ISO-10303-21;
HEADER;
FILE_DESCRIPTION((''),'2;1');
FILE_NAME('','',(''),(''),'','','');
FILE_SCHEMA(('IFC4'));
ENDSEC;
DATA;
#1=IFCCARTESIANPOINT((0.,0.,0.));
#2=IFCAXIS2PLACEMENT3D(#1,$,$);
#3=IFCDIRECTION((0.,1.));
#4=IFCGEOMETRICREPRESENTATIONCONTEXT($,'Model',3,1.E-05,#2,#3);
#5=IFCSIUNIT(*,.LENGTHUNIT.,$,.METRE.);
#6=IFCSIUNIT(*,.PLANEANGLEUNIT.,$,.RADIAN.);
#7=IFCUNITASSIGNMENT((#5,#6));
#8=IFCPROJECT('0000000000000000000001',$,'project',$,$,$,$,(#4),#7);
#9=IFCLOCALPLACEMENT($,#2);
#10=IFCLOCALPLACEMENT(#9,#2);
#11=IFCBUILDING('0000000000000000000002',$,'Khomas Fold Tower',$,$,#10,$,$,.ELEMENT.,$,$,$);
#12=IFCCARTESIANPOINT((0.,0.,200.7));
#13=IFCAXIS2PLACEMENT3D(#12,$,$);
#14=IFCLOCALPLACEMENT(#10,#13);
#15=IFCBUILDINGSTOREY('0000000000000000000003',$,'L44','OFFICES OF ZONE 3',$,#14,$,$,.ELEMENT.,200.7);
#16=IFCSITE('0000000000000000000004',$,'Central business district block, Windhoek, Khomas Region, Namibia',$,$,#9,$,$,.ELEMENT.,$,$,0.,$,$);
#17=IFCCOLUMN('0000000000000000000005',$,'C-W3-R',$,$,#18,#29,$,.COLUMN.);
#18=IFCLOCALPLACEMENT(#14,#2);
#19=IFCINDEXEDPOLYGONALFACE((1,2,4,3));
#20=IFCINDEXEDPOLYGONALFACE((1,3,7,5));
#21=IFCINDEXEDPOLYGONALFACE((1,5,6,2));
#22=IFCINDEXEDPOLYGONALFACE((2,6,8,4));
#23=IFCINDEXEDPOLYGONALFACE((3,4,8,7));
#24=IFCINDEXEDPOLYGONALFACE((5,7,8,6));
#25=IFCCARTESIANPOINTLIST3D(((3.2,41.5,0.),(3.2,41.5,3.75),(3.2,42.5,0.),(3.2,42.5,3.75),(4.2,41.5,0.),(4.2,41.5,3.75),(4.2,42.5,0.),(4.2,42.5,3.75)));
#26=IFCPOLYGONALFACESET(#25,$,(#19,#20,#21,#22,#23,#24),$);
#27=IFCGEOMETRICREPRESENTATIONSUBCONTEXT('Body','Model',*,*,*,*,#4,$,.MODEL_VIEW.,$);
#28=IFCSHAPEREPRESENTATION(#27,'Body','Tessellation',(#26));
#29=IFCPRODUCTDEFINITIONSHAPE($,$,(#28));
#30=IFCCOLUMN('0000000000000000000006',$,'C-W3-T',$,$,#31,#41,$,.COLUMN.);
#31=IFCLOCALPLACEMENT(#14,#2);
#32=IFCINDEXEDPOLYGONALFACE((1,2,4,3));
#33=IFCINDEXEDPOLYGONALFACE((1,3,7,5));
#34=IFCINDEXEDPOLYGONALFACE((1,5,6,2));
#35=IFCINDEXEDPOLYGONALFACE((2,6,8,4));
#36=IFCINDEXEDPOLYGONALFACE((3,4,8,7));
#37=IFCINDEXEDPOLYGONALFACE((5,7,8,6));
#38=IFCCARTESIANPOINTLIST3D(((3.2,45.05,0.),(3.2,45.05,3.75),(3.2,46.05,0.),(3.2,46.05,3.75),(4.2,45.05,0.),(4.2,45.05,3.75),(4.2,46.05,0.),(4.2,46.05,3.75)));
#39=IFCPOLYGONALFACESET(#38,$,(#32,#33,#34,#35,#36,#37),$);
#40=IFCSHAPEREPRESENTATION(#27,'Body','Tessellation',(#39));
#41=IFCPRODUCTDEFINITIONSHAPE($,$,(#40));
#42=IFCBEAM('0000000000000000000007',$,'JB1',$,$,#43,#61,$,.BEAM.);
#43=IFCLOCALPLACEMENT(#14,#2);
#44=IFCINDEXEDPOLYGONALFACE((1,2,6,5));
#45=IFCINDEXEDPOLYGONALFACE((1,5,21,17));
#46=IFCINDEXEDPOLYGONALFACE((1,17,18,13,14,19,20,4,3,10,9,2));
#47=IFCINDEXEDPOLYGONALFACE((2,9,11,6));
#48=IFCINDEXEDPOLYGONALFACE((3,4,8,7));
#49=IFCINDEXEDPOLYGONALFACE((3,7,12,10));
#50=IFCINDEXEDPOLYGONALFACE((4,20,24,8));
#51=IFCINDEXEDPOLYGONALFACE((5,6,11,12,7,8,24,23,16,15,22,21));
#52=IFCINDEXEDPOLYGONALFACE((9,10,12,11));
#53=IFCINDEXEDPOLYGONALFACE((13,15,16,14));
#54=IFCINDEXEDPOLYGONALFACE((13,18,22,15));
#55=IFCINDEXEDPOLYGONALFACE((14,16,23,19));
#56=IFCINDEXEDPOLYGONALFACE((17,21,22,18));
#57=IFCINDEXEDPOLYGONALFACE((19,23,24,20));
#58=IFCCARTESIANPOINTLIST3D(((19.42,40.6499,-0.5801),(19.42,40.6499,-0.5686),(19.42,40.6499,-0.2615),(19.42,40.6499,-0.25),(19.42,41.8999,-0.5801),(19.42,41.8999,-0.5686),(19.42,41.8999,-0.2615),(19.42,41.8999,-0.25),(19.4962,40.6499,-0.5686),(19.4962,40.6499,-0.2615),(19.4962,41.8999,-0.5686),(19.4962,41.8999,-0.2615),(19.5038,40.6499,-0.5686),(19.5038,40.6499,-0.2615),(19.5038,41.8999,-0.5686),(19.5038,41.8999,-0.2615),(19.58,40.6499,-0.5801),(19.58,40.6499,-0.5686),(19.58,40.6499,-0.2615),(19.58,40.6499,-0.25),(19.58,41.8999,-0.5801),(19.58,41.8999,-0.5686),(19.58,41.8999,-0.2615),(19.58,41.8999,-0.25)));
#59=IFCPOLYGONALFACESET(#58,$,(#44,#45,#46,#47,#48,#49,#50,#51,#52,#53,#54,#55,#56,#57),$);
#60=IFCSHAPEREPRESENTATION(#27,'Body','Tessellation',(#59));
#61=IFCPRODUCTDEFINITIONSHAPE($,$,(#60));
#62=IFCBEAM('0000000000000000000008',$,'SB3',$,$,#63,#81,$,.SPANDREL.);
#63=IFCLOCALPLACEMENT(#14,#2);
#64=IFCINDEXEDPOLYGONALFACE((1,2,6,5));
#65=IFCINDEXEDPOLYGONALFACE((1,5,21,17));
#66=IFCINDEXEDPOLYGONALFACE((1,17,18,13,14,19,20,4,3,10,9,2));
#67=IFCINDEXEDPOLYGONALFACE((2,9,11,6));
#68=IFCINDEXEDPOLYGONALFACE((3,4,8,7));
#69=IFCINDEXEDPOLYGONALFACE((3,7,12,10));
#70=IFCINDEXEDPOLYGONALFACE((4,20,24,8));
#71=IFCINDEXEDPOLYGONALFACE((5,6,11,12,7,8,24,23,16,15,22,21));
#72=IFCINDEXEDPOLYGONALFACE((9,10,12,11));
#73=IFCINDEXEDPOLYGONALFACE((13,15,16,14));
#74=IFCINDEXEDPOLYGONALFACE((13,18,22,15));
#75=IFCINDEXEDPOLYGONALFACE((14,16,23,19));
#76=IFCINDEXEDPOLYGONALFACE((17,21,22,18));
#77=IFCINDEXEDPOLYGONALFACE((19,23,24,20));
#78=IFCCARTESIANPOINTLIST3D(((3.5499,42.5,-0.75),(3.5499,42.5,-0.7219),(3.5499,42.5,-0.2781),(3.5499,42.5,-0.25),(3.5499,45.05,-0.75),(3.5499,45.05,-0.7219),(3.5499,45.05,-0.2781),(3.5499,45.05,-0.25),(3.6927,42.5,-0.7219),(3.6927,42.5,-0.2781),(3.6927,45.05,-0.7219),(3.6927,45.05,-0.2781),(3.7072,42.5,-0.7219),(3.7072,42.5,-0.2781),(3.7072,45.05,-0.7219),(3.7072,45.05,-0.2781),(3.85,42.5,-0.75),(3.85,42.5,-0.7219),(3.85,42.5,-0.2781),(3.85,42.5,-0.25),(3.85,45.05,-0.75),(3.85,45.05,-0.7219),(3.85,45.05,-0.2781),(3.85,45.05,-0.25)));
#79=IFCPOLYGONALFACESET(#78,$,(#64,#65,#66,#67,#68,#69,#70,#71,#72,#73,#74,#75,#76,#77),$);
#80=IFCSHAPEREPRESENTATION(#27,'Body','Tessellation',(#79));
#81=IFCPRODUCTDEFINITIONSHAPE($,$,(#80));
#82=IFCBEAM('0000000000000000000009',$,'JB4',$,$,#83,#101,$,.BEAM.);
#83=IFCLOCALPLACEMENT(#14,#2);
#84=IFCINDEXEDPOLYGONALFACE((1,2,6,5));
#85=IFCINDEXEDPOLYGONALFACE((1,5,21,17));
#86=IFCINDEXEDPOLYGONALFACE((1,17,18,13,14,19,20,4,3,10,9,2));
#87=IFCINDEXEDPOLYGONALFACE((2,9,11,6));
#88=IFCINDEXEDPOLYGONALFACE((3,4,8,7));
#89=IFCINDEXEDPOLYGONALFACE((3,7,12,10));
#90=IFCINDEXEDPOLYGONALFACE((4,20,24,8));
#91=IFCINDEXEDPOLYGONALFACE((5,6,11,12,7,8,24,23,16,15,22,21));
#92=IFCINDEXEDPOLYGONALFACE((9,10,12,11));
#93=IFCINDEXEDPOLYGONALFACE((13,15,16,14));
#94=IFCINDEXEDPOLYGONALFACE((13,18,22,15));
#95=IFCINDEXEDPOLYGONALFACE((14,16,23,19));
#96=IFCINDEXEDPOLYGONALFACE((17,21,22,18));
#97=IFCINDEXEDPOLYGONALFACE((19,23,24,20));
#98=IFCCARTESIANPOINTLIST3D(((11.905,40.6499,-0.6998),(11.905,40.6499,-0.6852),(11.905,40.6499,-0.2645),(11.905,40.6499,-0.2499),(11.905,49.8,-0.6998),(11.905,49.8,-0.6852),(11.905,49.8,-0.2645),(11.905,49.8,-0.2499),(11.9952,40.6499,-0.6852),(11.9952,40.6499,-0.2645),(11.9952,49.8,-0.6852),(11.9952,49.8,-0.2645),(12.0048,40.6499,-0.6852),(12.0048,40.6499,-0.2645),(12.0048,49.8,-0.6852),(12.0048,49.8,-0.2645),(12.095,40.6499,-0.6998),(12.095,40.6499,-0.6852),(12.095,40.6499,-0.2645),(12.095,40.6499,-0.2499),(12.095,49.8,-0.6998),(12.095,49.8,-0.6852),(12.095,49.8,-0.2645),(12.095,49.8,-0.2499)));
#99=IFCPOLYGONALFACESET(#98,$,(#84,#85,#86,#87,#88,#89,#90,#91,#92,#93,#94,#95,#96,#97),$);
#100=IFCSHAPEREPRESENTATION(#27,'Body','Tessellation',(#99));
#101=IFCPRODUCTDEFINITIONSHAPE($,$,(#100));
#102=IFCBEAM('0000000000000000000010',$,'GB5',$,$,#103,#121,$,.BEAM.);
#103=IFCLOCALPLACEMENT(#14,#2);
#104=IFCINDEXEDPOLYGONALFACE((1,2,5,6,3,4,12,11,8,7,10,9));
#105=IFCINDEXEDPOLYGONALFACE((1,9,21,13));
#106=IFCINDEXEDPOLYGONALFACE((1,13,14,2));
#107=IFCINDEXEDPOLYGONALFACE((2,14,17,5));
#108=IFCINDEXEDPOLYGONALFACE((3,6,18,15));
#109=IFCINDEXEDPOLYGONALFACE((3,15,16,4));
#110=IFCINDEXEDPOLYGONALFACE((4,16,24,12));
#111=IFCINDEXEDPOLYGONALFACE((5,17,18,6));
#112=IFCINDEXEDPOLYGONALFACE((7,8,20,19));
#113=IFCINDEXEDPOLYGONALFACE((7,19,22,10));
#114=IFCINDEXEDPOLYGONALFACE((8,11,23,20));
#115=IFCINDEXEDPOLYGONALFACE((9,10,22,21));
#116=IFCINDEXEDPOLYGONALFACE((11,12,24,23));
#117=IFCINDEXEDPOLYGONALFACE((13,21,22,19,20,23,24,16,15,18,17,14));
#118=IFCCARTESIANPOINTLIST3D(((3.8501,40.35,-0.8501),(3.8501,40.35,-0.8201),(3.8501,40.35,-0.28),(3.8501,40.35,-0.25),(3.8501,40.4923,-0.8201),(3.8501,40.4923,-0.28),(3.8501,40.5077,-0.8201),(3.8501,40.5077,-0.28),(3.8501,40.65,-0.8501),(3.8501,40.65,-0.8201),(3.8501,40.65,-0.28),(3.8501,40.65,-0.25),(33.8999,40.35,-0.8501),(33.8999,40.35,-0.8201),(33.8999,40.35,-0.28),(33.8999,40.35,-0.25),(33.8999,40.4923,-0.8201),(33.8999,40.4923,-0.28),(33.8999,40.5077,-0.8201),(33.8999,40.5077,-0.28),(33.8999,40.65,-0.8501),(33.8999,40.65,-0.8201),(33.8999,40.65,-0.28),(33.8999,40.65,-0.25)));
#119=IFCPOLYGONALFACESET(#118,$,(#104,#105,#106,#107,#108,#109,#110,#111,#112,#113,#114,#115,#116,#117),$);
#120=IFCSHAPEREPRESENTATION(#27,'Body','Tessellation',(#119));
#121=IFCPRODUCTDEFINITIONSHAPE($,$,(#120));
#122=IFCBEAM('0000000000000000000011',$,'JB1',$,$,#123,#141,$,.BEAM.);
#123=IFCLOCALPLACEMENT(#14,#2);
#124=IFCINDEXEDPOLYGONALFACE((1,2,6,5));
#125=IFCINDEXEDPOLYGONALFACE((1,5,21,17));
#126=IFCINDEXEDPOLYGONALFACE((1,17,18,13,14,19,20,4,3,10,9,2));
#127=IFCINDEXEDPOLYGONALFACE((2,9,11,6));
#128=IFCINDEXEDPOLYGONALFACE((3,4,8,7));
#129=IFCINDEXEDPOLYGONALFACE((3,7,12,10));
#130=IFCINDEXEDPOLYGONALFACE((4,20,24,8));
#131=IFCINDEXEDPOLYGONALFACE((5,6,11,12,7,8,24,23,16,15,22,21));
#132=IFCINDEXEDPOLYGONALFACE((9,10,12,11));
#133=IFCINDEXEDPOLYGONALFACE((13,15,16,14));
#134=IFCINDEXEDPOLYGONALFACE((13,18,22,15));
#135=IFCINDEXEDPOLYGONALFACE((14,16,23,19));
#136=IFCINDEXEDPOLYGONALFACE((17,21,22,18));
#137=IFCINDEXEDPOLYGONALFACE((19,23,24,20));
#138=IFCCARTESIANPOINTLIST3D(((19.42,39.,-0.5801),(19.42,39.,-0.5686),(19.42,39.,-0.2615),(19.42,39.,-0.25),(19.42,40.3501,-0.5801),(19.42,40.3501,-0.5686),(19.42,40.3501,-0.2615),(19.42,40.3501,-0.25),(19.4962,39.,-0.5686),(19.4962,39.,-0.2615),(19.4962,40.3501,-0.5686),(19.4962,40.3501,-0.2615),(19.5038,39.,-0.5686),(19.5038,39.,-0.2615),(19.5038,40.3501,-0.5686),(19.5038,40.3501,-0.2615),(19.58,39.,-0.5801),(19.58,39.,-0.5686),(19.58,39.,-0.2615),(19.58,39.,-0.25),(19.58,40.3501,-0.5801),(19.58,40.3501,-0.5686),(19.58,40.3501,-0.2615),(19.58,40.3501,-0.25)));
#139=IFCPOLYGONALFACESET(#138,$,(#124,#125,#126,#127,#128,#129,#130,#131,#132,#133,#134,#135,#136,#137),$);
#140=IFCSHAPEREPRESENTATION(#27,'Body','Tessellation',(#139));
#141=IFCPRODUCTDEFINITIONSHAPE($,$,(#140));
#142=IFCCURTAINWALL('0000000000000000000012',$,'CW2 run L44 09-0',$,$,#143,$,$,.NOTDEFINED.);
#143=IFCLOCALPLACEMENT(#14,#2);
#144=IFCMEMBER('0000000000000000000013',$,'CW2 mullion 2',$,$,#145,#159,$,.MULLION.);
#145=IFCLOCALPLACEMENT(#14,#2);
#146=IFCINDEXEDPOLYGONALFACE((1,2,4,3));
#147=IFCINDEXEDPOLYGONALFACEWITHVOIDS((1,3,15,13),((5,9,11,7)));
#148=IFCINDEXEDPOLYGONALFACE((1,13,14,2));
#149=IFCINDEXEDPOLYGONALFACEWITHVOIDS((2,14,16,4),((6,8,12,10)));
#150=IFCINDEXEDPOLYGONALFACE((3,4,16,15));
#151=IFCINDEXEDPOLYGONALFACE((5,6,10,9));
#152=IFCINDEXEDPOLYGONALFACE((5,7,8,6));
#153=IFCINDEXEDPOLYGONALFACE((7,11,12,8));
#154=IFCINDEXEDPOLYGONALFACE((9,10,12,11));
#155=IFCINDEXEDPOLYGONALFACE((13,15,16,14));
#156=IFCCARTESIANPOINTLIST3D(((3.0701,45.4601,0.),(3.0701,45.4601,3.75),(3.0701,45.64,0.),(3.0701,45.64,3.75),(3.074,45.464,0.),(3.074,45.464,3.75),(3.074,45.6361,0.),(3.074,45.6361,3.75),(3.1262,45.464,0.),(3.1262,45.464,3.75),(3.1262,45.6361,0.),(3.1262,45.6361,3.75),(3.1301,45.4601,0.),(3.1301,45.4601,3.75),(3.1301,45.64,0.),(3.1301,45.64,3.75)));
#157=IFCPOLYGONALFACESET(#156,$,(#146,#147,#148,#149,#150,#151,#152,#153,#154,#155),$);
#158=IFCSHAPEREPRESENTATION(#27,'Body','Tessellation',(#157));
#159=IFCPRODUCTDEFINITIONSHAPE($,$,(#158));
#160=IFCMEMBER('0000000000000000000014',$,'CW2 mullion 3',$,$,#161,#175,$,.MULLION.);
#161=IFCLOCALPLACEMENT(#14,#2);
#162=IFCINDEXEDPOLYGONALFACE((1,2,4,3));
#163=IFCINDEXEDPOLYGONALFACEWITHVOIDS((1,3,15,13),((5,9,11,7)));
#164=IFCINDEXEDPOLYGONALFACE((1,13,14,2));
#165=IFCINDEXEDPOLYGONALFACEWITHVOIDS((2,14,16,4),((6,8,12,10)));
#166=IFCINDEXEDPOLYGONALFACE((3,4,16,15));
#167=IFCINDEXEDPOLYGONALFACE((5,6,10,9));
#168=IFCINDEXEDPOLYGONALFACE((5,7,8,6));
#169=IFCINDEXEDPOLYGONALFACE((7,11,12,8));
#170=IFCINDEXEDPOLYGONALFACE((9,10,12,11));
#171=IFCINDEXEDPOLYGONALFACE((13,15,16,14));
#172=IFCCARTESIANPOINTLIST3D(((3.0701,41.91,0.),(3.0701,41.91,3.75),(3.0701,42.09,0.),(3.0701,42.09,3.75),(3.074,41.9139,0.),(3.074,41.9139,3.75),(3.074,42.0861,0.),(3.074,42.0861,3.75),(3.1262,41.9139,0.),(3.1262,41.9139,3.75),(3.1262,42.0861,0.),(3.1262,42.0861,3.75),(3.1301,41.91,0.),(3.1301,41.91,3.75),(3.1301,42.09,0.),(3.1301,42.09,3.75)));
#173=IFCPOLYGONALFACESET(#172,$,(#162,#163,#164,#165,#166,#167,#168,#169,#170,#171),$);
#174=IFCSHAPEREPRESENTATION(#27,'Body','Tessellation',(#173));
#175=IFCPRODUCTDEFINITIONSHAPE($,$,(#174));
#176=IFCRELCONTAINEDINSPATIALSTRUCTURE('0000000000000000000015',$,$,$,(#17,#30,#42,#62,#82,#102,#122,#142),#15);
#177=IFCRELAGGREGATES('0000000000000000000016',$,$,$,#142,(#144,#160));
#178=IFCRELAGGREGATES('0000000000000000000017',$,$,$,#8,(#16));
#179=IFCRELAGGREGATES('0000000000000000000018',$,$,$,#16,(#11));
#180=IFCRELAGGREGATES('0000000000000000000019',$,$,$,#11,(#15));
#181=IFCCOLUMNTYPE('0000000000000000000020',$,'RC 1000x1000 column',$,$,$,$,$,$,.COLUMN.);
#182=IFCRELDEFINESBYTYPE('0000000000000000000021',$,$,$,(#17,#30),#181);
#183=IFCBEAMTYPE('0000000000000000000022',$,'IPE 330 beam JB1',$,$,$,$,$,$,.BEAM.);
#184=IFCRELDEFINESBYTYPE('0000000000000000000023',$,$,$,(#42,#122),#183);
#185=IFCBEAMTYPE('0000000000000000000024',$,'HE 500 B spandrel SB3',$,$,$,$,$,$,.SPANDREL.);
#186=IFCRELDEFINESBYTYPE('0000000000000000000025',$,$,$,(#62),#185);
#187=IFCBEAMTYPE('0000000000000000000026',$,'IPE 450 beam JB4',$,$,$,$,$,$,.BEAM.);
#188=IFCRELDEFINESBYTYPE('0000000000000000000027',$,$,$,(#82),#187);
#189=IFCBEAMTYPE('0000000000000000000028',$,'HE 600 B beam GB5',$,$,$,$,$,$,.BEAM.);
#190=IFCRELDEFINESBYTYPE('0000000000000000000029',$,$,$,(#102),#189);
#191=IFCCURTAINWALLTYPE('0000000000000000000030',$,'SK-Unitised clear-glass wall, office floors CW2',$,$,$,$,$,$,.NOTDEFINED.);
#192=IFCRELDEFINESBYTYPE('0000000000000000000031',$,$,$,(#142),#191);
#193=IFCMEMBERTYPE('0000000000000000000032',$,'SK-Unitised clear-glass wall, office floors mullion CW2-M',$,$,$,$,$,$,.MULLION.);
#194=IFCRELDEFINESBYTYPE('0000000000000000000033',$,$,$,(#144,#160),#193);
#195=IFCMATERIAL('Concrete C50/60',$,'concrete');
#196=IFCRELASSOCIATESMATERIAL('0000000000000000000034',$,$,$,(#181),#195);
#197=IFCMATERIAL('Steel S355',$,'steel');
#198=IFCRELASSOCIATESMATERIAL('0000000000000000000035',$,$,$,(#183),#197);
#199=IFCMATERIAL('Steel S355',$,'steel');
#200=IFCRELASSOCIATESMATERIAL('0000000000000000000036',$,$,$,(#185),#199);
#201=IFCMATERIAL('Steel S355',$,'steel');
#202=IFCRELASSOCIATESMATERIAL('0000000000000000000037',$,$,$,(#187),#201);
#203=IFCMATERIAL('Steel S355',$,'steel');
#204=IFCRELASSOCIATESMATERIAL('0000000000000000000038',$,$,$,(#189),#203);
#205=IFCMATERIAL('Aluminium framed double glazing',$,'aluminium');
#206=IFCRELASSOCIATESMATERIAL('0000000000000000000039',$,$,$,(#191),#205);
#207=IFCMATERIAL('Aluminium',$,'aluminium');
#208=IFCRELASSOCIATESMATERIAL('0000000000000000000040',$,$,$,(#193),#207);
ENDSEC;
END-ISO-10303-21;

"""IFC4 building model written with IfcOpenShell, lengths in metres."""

from ifc_helpers import new_model, si_unit, direction, frame, origin, origin_2d, place, context, subcontext, project, spatial, rectangle, hollow_rectangle, i_section, extrude, source, transform, mapped, material, material_profile, profile_set, type_object, element, aggregate, save


model = new_model("IFC4")

# Units and contexts
model_context = context("Model", 3, precision=1e-05, world=origin(), true_north=direction((0.0, 1.0)))
body_context = subcontext(model_context, "Body", "Model", "MODEL_VIEW")
ifc_project = project(units=[si_unit("LENGTHUNIT", "METRE"), si_unit("PLANEANGLEUNIT", "RADIAN")], contexts=[model_context])

# Site, building, storey
site_placement = place(None, origin())
site = spatial("IfcSite", under=ifc_project, at=site_placement, Name="Central business district block, Windhoek, Khomas Region, Namibia", CompositionType="ELEMENT", RefElevation=0.0)
building_placement = place(site_placement, origin())
building = spatial("IfcBuilding", under=site, at=building_placement, Name="Khomas Fold Tower", CompositionType="ELEMENT")
storey_placement = place(building_placement, frame((0.0, 0.0, 200.7)))
storey = spatial("IfcBuildingStorey", under=building, at=storey_placement, Name="L44", Description="OFFICES OF ZONE 3", CompositionType="ELEMENT", Elevation=200.7)

# Columns
ifc_material_1 = material(Name="Concrete C50/60", Category="concrete")
ifc_material_profile_1 = material_profile(ifc_material_1, rectangle(XDim=1.0, YDim=1.0, at=origin_2d()), Name="RC 1000x1000")
ifc_profile_set_1 = profile_set([ifc_material_profile_1], Name="Concrete C50/60")
column_type = type_object("IfcColumnType", Name="RC 1000x1000 column", PredefinedType="COLUMN", material=ifc_profile_set_1)
shared_shape_1 = source(origin(), body_context, "Body", "SweptSolid", [
    extrude(rectangle(XDim=1.0, YDim=1.0, at=origin_2d()), origin(), (0.0, 0.0, 1.0), 3.75),
])
for number, where, z_axis, x_axis, name in (
    (1, (3.7, 42.0, 0.0), (0.0, 0.0, 1.0), (1.0, 0.0, 0.0), "C-W3-R"),
    (2, (3.7, 45.55, 0.0), (0.0, 0.0, 1.0), (1.0, 0.0, 0.0), "C-W3-T"),
):
    element("IfcColumn", number, at=place(storey_placement, frame(where, z_axis=z_axis, x_axis=x_axis)), inside=storey, type_object=column_type, Name=name, PredefinedType="COLUMN", context=body_context, shape_type="MappedRepresentation", body=[
        mapped(shared_shape_1, transform((0.0, 0.0, 0.0))),
    ])

# Beams
ifc_material_2 = material(Name="Steel S355", Category="steel")
ifc_material_profile_2 = material_profile(ifc_material_2, i_section(OverallWidth=0.1599, OverallDepth=0.3301, WebThickness=0.0076, FlangeThickness=0.0115, at=origin_2d()), Name="IPE 330")
ifc_profile_set_2 = profile_set([ifc_material_profile_2], Name="Steel S355")
beam_type_1 = type_object("IfcBeamType", Name="IPE 330 beam JB1", PredefinedType="BEAM", material=ifc_profile_set_2)
shared_shape_2 = source(origin(), body_context, "Body", "SweptSolid", [
    extrude(i_section(OverallWidth=0.1599, OverallDepth=0.3301, WebThickness=0.0076, FlangeThickness=0.0115, at=origin_2d()), origin(), (0.0, 0.0, 1.0), 1.25),
])
beam_1_placement = place(storey_placement, frame((19.5, 40.6499, -0.415), z_axis=(0.0, 1.0, 0.0), x_axis=(-1.0, 0.0, 0.0)))
element("IfcBeam", 3, at=beam_1_placement, inside=storey, type_object=beam_type_1, Name="JB1", PredefinedType="BEAM", context=body_context, shape_type="MappedRepresentation", body=[
    mapped(shared_shape_2, transform((0.0, 0.0, 0.0))),
])
ifc_material_3 = material(Name="Steel S355", Category="steel")
ifc_material_profile_3 = material_profile(ifc_material_3, i_section(OverallWidth=0.3, OverallDepth=0.5, WebThickness=0.0144, FlangeThickness=0.0281, at=origin_2d()), Name="HE 500 B")
ifc_profile_set_3 = profile_set([ifc_material_profile_3], Name="Steel S355")
beam_type_2 = type_object("IfcBeamType", Name="HE 500 B spandrel SB3", PredefinedType="SPANDREL", material=ifc_profile_set_3)
shared_shape_3 = source(origin(), body_context, "Body", "SweptSolid", [
    extrude(i_section(OverallWidth=0.3, OverallDepth=0.5, WebThickness=0.0144, FlangeThickness=0.0281, at=origin_2d()), origin(), (0.0, 0.0, 1.0), 2.55),
])
beam_2_placement = place(storey_placement, frame((3.7, 42.5, -0.5), z_axis=(0.0, 1.0, 0.0), x_axis=(-1.0, 0.0, 0.0)))
element("IfcBeam", 4, at=beam_2_placement, inside=storey, type_object=beam_type_2, Name="SB3", PredefinedType="SPANDREL", context=body_context, shape_type="MappedRepresentation", body=[
    mapped(shared_shape_3, transform((0.0, 0.0, 0.0))),
])
ifc_material_4 = material(Name="Steel S355", Category="steel")
ifc_material_profile_4 = material_profile(ifc_material_4, i_section(OverallWidth=0.1899, OverallDepth=0.45, WebThickness=0.0095, FlangeThickness=0.0146, at=origin_2d()), Name="IPE 450")
ifc_profile_set_4 = profile_set([ifc_material_profile_4], Name="Steel S355")
beam_type_3 = type_object("IfcBeamType", Name="IPE 450 beam JB4", PredefinedType="BEAM", material=ifc_profile_set_4)
shared_shape_4 = source(origin(), body_context, "Body", "SweptSolid", [
    extrude(i_section(OverallWidth=0.1899, OverallDepth=0.45, WebThickness=0.0095, FlangeThickness=0.0146, at=origin_2d()), origin(), (0.0, 0.0, 1.0), 9.1501),
])
beam_3_placement = place(storey_placement, frame((12.0, 40.6499, -0.4749), z_axis=(0.0, 1.0, 0.0), x_axis=(-1.0, 0.0, 0.0)))
element("IfcBeam", 5, at=beam_3_placement, inside=storey, type_object=beam_type_3, Name="JB4", PredefinedType="BEAM", context=body_context, shape_type="MappedRepresentation", body=[
    mapped(shared_shape_4, transform((0.0, 0.0, 0.0))),
])
ifc_material_5 = material(Name="Steel S355", Category="steel")
ifc_material_profile_5 = material_profile(ifc_material_5, i_section(OverallWidth=0.3, OverallDepth=0.6001, WebThickness=0.0154, FlangeThickness=0.03, at=origin_2d()), Name="HE 600 B")
ifc_profile_set_5 = profile_set([ifc_material_profile_5], Name="Steel S355")
beam_type_4 = type_object("IfcBeamType", Name="HE 600 B beam GB5", PredefinedType="BEAM", material=ifc_profile_set_5)
shared_shape_5 = source(origin(), body_context, "Body", "SweptSolid", [
    extrude(i_section(OverallWidth=0.3, OverallDepth=0.6001, WebThickness=0.0154, FlangeThickness=0.03, at=origin_2d()), origin(), (0.0, 0.0, 1.0), 30.0498),
])
beam_4_placement = place(storey_placement, frame((3.8501, 40.5, -0.55), z_axis=(1.0, 0.0, 0.0), x_axis=(0.0, 1.0, 0.0)))
element("IfcBeam", 6, at=beam_4_placement, inside=storey, type_object=beam_type_4, Name="GB5", PredefinedType="BEAM", context=body_context, shape_type="MappedRepresentation", body=[
    mapped(shared_shape_5, transform((0.0, 0.0, 0.0))),
])
shared_shape_6 = source(origin(), body_context, "Body", "SweptSolid", [
    extrude(i_section(OverallWidth=0.1599, OverallDepth=0.3301, WebThickness=0.0076, FlangeThickness=0.0115, at=origin_2d()), origin(), (0.0, 0.0, 1.0), 1.3501),
])
beam_5_placement = place(storey_placement, frame((19.5, 39.0, -0.415), z_axis=(0.0, 1.0, 0.0), x_axis=(-1.0, 0.0, 0.0)))
element("IfcBeam", 7, at=beam_5_placement, inside=storey, type_object=beam_type_1, Name="JB1", PredefinedType="BEAM", context=body_context, shape_type="MappedRepresentation", body=[
    mapped(shared_shape_6, transform((0.0, 0.0, 0.0))),
])

# Curtain wall, members
ifc_material_6 = material(Name="Aluminium framed double glazing", Category="aluminium")
curtain_wall_type = type_object("IfcCurtainWallType", Name="SK-Unitised clear-glass wall, office floors CW2", PredefinedType="NOTDEFINED", material=ifc_material_6)
curtain_wall_placement = place(storey_placement, origin())
curtain_wall = element("IfcCurtainWall", 8, at=curtain_wall_placement, inside=storey, type_object=curtain_wall_type, Name="CW2 run L44 09-0", PredefinedType="NOTDEFINED")
ifc_material_7 = material(Name="Aluminium", Category="aluminium")
ifc_material_profile_6 = material_profile(ifc_material_7, hollow_rectangle(XDim=0.0601, YDim=0.1799, WallThickness=0.0039, at=origin_2d()), Name="SK-Unitised clear-glass wall, office floors mullion CW2-M")
ifc_profile_set_6 = profile_set([ifc_material_profile_6], Name="Aluminium")
member_type_1 = type_object("IfcMemberType", Name="SK-Unitised clear-glass wall, office floors mullion CW2-M", PredefinedType="MULLION", material=ifc_profile_set_6)
shared_shape_7 = source(origin(), body_context, "Body", "SweptSolid", [
    extrude(hollow_rectangle(XDim=0.0601, YDim=0.1799, WallThickness=0.0039, at=origin_2d()), origin(), (0.0, 0.0, 1.0), 3.75),
])
member_1_placement = place(storey_placement, frame((3.1001, 45.55, 0.0), z_axis=(0.0, 0.0, 1.0), x_axis=(1.0, 0.0, 0.0)))
member_1 = element("IfcMember", 9, at=member_1_placement, type_object=member_type_1, Name="CW2 mullion 2", PredefinedType="MULLION", context=body_context, shape_type="MappedRepresentation", body=[
    mapped(shared_shape_7, transform((0.0, 0.0, 0.0))),
])
member_2_placement = place(storey_placement, frame((3.1001, 42.0, 0.0), z_axis=(0.0, 0.0, 1.0), x_axis=(1.0, 0.0, 0.0)))
member_2 = element("IfcMember", 10, at=member_2_placement, type_object=member_type_1, Name="CW2 mullion 3", PredefinedType="MULLION", context=body_context, shape_type="MappedRepresentation", body=[
    mapped(shared_shape_7, transform((0.0, 0.0, 0.0))),
])

aggregate(curtain_wall, [member_1, member_2])

save(model, "model.ifc")
